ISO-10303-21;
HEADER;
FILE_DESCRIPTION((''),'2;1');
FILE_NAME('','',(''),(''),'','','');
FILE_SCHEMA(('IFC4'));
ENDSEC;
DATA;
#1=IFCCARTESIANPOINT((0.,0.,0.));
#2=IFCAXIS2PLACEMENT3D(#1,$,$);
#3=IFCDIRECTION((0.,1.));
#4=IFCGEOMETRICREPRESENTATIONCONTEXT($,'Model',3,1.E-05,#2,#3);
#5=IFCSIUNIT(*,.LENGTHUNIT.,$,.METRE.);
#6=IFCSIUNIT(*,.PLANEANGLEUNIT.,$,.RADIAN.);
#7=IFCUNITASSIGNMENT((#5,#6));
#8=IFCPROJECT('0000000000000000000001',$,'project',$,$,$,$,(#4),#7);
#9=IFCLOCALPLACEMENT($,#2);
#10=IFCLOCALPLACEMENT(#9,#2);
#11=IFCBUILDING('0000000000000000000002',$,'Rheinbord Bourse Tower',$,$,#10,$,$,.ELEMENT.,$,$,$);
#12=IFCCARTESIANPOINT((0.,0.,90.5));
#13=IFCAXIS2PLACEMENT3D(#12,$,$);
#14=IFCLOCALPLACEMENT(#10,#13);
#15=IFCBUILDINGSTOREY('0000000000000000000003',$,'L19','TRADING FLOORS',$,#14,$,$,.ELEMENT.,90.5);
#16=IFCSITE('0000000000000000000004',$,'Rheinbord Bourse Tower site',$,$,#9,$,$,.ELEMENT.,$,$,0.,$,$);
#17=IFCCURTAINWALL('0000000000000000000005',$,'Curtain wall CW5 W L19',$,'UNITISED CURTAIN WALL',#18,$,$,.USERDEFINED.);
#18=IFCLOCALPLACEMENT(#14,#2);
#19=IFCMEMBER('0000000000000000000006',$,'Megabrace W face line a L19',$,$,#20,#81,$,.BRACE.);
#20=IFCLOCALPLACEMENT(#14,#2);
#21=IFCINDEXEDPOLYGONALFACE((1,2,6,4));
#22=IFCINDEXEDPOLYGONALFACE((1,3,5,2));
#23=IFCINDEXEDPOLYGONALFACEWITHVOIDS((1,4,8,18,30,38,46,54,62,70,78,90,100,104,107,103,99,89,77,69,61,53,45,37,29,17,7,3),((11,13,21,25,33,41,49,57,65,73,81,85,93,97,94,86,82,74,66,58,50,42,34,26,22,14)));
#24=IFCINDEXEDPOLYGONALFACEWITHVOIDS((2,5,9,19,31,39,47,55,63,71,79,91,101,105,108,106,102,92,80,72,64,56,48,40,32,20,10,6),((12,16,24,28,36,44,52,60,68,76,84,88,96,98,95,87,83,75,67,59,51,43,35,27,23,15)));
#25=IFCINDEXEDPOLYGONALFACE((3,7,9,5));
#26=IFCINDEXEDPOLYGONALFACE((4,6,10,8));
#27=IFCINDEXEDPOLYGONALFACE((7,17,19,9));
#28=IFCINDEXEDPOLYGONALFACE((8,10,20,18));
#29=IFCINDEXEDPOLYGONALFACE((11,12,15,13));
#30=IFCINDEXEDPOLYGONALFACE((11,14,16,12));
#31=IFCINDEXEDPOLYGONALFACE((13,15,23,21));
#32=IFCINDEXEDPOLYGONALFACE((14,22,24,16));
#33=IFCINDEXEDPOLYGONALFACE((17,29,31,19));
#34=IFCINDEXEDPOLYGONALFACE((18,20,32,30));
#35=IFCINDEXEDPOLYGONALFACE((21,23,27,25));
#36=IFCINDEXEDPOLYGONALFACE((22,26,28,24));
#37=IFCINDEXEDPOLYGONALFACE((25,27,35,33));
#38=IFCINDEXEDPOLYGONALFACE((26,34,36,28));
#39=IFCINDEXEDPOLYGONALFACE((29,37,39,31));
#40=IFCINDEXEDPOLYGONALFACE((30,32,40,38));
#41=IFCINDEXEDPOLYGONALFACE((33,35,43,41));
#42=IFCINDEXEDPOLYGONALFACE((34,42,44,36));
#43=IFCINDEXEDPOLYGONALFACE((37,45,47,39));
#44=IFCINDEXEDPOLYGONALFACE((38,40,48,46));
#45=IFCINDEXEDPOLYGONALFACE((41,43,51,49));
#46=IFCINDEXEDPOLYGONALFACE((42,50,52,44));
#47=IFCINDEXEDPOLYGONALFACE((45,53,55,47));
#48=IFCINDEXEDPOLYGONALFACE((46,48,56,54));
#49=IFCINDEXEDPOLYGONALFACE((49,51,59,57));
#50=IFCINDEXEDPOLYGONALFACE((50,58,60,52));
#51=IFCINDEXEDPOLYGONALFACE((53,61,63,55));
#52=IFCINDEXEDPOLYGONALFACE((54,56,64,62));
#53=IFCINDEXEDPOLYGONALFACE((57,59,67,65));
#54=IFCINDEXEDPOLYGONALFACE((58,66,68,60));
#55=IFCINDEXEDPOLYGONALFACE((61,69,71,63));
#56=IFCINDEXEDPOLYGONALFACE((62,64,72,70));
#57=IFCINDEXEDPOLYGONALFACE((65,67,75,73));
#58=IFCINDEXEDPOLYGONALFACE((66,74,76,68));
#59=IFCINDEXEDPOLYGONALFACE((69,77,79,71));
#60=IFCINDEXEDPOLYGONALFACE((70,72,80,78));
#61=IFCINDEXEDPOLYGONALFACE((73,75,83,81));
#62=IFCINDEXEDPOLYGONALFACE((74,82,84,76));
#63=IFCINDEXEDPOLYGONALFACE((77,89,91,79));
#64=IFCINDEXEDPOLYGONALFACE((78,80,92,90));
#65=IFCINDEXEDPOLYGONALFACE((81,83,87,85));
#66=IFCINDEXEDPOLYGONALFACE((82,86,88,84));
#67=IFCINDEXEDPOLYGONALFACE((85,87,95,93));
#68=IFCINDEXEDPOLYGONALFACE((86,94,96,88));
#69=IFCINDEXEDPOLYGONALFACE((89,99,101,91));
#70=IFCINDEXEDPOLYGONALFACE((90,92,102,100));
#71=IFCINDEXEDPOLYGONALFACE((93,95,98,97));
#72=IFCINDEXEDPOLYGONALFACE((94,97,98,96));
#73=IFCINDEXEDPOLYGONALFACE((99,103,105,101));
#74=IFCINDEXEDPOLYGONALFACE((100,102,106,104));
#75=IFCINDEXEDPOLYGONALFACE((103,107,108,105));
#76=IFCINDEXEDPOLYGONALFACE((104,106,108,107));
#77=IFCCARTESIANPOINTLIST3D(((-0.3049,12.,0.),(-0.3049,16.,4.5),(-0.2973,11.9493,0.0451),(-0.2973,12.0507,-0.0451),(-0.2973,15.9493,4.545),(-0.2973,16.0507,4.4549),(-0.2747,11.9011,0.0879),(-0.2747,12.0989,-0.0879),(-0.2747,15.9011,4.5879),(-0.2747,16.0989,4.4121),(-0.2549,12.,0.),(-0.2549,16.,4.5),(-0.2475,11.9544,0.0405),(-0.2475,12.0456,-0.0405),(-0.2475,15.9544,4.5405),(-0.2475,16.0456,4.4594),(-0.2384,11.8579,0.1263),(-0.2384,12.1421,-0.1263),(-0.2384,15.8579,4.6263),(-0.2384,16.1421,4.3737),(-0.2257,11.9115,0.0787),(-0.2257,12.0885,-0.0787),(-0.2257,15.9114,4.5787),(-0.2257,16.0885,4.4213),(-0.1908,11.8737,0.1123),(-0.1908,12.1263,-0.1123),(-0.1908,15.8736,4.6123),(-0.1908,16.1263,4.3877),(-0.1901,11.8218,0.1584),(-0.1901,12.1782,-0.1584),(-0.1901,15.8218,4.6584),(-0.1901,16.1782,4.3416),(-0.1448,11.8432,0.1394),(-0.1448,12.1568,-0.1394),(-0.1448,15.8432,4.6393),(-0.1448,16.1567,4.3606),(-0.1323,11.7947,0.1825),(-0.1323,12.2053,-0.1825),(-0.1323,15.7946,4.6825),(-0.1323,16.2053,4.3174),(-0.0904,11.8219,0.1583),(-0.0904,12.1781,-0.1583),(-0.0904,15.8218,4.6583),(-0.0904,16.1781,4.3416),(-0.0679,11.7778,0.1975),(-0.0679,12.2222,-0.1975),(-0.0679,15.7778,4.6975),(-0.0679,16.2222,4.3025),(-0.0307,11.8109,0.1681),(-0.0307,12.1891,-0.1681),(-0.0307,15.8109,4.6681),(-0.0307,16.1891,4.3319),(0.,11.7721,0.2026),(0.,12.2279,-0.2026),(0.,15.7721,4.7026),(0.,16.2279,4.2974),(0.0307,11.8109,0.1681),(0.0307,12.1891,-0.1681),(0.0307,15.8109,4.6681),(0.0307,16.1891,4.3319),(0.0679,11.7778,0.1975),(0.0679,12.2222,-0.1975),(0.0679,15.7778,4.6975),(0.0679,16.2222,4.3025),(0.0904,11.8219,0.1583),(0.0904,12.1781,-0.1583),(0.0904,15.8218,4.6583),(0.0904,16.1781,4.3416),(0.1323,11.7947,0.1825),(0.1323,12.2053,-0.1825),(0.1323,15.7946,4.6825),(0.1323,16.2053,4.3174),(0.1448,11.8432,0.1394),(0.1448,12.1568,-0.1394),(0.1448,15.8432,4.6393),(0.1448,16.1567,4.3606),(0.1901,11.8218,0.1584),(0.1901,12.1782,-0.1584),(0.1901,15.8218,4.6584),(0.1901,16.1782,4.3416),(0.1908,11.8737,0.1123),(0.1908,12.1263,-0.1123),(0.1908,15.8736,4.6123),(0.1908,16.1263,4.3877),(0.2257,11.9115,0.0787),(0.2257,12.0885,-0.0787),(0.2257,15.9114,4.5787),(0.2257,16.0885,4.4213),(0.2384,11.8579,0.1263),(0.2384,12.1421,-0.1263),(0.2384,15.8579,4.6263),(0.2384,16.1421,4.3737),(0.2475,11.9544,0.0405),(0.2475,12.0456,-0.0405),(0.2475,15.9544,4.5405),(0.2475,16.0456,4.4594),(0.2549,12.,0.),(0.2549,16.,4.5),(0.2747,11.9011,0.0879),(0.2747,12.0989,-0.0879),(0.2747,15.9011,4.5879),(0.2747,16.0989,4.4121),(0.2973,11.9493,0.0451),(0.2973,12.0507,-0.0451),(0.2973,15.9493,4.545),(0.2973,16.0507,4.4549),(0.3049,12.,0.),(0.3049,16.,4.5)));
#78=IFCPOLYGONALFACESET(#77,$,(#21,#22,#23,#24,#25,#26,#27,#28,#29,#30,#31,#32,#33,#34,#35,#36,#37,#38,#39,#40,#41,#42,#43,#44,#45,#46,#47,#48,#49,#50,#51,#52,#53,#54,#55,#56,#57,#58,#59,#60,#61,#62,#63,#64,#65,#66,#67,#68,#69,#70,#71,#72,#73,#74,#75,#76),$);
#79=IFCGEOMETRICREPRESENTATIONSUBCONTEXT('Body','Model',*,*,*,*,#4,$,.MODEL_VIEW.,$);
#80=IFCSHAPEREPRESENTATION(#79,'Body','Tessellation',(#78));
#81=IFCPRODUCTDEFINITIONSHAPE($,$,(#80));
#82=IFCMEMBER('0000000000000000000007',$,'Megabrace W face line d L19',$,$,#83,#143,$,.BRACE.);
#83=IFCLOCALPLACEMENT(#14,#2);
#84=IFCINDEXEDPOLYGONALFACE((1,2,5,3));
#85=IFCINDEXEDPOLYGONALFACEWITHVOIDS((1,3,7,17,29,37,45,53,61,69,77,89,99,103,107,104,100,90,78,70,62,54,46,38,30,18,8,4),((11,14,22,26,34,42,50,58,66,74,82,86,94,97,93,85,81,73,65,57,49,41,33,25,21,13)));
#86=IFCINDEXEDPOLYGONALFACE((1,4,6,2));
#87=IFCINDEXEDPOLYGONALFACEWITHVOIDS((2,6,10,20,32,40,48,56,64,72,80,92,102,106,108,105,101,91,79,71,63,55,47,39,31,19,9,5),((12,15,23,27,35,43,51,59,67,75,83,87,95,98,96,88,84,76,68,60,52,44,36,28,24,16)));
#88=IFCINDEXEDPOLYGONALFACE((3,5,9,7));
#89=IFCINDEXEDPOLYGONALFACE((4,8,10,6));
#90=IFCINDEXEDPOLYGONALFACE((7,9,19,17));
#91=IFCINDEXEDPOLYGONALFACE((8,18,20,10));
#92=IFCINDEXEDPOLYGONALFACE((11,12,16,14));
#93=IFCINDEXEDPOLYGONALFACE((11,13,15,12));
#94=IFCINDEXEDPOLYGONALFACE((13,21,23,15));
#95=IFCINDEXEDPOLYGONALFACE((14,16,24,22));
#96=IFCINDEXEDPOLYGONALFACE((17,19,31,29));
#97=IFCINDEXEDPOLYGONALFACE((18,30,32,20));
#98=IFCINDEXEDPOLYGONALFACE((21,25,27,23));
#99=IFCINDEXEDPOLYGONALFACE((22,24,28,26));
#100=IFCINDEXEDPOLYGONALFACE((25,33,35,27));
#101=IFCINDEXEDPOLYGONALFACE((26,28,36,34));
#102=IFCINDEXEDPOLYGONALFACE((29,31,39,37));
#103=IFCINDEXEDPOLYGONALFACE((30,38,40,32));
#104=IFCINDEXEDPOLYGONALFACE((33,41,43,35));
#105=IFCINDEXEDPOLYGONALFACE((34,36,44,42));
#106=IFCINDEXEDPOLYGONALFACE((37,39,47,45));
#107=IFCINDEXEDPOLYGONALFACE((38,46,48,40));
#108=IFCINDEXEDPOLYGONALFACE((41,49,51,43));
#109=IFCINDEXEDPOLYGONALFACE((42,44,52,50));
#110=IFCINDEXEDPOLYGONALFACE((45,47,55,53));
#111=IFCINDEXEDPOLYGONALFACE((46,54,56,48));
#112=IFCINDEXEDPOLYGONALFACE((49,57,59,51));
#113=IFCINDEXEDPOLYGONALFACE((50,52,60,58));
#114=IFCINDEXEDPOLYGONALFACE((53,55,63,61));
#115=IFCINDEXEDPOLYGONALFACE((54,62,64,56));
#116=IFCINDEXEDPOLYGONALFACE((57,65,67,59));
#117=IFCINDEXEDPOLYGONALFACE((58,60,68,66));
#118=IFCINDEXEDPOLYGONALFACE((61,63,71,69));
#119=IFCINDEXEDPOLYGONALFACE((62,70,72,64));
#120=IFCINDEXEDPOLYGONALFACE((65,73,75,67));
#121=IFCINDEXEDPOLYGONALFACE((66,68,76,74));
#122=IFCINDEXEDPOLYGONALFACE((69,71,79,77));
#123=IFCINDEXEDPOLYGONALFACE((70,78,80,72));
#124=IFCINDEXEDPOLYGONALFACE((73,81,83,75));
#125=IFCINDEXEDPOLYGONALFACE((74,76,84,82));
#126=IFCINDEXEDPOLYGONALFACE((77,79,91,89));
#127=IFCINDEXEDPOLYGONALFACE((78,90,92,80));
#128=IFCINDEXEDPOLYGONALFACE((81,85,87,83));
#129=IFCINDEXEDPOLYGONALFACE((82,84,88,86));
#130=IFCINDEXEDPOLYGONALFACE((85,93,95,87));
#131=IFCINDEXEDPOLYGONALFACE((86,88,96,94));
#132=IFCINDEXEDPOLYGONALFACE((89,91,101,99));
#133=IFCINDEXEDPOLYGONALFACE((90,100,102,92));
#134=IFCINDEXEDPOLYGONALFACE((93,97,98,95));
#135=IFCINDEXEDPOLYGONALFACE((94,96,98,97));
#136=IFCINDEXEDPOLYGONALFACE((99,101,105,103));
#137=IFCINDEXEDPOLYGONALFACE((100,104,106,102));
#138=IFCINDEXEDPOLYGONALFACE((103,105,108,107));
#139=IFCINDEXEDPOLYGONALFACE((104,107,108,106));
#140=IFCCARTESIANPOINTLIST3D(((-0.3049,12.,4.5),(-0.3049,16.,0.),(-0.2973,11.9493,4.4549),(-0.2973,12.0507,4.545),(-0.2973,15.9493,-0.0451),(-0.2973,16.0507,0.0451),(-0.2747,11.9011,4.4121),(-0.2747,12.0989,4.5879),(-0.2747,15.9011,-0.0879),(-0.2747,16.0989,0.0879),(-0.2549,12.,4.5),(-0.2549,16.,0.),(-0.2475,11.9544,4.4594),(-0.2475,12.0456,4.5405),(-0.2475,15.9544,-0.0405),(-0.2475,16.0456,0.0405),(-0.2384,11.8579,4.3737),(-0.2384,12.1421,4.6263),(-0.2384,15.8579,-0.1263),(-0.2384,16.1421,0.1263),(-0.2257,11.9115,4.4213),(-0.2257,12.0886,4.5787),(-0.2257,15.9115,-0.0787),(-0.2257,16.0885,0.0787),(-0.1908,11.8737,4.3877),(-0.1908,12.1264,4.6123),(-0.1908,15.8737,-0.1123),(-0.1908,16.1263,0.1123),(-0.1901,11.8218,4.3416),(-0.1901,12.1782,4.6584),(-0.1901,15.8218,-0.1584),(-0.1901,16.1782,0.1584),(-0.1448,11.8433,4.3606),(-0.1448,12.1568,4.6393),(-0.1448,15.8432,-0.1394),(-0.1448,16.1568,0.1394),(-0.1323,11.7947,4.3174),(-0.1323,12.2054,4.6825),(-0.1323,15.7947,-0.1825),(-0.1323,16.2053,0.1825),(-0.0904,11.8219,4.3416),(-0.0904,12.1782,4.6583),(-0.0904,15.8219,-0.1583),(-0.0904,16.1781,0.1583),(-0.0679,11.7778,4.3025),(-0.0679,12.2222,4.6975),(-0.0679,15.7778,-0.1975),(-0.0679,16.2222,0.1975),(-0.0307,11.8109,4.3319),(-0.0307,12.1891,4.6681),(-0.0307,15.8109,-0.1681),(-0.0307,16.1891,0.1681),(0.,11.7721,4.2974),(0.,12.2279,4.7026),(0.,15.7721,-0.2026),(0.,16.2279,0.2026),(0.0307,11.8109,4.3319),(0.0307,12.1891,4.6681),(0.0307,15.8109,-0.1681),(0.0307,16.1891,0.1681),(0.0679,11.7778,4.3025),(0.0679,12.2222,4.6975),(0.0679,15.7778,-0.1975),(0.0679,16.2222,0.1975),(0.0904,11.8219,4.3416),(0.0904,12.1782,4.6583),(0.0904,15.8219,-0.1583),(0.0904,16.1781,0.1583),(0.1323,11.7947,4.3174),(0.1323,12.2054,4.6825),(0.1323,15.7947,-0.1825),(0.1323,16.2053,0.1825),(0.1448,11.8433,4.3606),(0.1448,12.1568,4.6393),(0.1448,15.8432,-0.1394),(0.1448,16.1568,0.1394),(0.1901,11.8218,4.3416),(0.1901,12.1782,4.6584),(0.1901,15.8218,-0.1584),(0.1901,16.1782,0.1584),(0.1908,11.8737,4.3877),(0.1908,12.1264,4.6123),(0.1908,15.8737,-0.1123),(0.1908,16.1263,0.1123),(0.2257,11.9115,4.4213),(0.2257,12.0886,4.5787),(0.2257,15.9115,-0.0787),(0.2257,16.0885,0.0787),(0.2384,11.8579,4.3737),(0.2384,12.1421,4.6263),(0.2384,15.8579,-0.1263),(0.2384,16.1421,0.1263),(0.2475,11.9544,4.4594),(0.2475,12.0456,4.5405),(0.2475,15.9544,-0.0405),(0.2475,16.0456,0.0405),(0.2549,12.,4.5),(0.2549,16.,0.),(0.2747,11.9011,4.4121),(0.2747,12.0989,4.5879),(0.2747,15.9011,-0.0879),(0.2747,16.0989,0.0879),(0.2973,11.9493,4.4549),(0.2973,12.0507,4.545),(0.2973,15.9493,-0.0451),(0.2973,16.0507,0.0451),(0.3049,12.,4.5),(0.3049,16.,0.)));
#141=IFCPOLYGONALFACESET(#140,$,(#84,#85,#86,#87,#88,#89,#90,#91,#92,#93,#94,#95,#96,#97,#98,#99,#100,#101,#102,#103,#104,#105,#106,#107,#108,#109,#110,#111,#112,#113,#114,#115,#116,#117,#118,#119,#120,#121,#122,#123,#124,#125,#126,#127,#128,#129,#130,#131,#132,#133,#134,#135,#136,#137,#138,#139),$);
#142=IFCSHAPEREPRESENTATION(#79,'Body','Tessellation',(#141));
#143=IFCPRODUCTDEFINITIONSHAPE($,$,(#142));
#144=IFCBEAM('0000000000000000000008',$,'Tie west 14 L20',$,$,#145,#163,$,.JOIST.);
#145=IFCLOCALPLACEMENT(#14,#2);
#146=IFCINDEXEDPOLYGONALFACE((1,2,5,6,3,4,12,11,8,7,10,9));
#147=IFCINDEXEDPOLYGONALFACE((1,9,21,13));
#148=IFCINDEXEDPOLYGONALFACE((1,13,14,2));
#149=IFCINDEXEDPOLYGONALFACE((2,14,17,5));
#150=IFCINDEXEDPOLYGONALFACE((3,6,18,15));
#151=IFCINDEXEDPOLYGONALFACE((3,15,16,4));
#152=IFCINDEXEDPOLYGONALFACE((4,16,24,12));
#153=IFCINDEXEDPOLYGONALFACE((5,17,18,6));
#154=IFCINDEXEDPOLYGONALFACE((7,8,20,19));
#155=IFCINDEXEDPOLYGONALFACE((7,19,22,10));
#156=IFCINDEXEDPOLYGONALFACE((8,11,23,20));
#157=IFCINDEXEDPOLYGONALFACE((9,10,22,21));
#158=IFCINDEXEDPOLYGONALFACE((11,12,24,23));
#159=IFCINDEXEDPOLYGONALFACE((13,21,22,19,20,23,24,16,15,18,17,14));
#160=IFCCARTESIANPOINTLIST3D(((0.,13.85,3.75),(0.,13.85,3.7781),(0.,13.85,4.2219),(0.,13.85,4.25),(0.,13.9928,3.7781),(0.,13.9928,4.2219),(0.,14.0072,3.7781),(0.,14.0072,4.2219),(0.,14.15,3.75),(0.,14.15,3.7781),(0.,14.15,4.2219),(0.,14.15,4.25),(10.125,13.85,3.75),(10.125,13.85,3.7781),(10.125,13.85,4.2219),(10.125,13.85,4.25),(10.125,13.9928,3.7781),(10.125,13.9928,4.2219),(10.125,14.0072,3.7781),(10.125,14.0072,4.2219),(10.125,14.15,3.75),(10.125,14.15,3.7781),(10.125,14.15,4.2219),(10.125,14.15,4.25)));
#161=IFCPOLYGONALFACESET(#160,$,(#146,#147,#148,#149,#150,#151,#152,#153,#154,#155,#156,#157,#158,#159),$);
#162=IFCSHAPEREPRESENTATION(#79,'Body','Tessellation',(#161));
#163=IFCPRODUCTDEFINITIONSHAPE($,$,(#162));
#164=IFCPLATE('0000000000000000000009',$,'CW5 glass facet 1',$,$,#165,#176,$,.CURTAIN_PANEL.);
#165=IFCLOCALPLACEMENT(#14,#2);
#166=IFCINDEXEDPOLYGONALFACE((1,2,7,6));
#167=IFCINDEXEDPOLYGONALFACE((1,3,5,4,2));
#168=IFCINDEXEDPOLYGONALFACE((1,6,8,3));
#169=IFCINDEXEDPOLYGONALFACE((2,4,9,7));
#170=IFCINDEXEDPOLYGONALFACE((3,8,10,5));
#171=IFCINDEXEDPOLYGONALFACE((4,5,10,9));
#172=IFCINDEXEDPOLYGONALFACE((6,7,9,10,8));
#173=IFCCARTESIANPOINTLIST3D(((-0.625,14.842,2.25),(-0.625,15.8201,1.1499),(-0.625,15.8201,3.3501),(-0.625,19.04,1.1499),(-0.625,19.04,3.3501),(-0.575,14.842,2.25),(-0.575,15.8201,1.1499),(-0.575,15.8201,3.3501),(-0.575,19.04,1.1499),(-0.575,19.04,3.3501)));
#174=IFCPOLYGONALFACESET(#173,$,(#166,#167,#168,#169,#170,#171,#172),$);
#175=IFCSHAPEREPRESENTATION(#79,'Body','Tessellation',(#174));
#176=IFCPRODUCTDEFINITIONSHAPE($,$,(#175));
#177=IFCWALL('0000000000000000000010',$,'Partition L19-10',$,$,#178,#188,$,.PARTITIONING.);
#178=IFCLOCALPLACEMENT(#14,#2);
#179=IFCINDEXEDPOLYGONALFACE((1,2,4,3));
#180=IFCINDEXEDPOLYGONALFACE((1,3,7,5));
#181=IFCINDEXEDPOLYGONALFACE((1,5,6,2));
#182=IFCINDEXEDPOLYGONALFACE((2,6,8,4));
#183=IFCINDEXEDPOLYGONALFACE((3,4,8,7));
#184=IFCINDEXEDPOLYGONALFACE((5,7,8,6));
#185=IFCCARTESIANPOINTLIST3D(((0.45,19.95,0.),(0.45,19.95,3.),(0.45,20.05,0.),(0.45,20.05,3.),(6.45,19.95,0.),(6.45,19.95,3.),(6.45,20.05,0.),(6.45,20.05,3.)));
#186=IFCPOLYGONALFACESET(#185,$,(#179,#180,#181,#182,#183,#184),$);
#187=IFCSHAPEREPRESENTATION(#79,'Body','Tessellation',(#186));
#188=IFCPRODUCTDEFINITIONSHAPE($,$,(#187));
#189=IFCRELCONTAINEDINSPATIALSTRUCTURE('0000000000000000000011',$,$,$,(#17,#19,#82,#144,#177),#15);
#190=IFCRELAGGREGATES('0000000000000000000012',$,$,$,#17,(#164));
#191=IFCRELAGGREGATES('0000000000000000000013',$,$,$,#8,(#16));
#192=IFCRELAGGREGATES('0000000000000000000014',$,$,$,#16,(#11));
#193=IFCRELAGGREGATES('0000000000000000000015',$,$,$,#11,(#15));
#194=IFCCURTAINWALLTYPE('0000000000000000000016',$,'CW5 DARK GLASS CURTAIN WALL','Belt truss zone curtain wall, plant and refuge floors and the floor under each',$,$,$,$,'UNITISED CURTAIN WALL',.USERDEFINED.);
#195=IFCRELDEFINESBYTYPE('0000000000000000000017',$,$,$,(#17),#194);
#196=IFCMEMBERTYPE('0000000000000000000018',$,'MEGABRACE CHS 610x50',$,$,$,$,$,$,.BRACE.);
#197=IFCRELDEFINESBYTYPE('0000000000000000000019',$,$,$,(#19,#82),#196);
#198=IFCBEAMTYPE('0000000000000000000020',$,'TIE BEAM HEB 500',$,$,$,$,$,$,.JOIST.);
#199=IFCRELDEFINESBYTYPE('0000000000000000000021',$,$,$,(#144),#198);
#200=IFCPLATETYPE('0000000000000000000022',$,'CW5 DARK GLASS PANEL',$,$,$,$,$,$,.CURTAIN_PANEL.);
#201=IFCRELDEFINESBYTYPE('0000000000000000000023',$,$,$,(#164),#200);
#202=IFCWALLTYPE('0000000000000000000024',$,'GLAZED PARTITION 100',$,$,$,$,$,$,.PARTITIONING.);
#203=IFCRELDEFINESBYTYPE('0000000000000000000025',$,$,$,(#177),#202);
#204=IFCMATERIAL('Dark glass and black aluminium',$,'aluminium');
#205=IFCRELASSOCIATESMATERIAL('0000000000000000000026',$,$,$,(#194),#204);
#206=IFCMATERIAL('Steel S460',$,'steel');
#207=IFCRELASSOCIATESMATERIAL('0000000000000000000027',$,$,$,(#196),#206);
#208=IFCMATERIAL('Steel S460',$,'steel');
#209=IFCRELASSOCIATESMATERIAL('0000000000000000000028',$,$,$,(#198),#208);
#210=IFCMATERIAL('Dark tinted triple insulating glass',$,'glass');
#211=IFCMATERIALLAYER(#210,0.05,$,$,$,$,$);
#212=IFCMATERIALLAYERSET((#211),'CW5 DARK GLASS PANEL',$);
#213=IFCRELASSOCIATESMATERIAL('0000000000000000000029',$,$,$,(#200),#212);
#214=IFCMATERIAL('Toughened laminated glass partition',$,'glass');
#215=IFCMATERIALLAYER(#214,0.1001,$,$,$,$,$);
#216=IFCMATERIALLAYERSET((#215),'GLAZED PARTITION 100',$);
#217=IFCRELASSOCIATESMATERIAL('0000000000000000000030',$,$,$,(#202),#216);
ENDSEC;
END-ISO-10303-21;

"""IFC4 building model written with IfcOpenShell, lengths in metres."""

from ifc_helpers import new_model, si_unit, direction, frame, frame_2d, origin, origin_2d, place, context, subcontext, project, spatial, polyline, rectangle, hollow_circle, i_section, outline, extrude, material, layer, layer_set, material_profile, profile_set, type_object, element, aggregate, save


model = new_model("IFC4")

# Units and contexts
model_context = context("Model", 3, precision=1e-05, world=origin(), true_north=direction((0.0, 1.0)))
body_context = subcontext(model_context, "Body", "Model", "MODEL_VIEW")
ifc_project = project(units=[si_unit("LENGTHUNIT", "METRE"), si_unit("PLANEANGLEUNIT", "RADIAN")], contexts=[model_context])

# Site, building, storey
site_placement = place(None, origin())
site = spatial("IfcSite", under=ifc_project, at=site_placement, Name="Rheinbord Bourse Tower site", CompositionType="ELEMENT", RefElevation=0.0)
building_placement = place(site_placement, origin())
building = spatial("IfcBuilding", under=site, at=building_placement, Name="Rheinbord Bourse Tower", CompositionType="ELEMENT")
storey_placement = place(building_placement, frame((0.0, 0.0, 90.5)))
storey = spatial("IfcBuildingStorey", under=building, at=storey_placement, Name="L19", Description="TRADING FLOORS", CompositionType="ELEMENT", Elevation=90.5)

# Curtain wall
ifc_material_1 = material(Name="Dark glass and black aluminium", Category="aluminium")
curtain_wall_type = type_object("IfcCurtainWallType", Name="CW5 DARK GLASS CURTAIN WALL", Description="Belt truss zone curtain wall, plant and refuge floors and the floor under each", ElementType="UNITISED CURTAIN WALL", PredefinedType="USERDEFINED", material=ifc_material_1)
curtain_wall_placement = place(storey_placement, origin())
curtain_wall = element("IfcCurtainWall", 1, at=curtain_wall_placement, inside=storey, type_object=curtain_wall_type, Name="Curtain wall CW5 W L19", ObjectType="UNITISED CURTAIN WALL", PredefinedType="USERDEFINED")

# Members
ifc_material_2 = material(Name="Steel S460", Category="steel")
ifc_material_profile_1 = material_profile(ifc_material_2, hollow_circle(Radius=0.3049, WallThickness=0.05, at=origin_2d()), Name="CHS 610x50")
ifc_profile_set_1 = profile_set([ifc_material_profile_1], Name="Steel S460")
member_type_1 = type_object("IfcMemberType", Name="MEGABRACE CHS 610x50", PredefinedType="BRACE", material=ifc_profile_set_1)
for number, where, z_axis, x_axis, name in (
    (2, (0.0, 12.0, 0.0), (0.0, 0.664364, 0.747409), (-1.0, 0.0, 0.0), "Megabrace W face line a L19"),
    (3, (0.0, 16.0, 0.0), (0.0, -0.664364, 0.747409), (1.0, 0.0, 0.0), "Megabrace W face line d L19"),
):
    element("IfcMember", number, at=place(storey_placement, frame(where, z_axis=z_axis, x_axis=x_axis)), inside=storey, type_object=member_type_1, Name=name, PredefinedType="BRACE", context=body_context, shape_type="SweptSolid", body=[
        extrude(hollow_circle(Radius=0.3049, WallThickness=0.05, at=origin_2d()), origin(), (0.0, 0.0, 1.0), 6.0208),
    ])

# Beam
ifc_material_3 = material(Name="Steel S460", Category="steel")
ifc_material_profile_2 = material_profile(ifc_material_3, i_section(OverallWidth=0.3, OverallDepth=0.5, WebThickness=0.0144, FlangeThickness=0.0281, at=origin_2d()), Name="HEB 500")
ifc_profile_set_2 = profile_set([ifc_material_profile_2], Name="Steel S460")
beam_type_1 = type_object("IfcBeamType", Name="TIE BEAM HEB 500", PredefinedType="JOIST", material=ifc_profile_set_2)
beam_1_placement = place(storey_placement, frame((0.0, 14.0, 4.0), z_axis=(1.0, 0.0, 0.0), x_axis=(0.0, 1.0, 0.0)))
element("IfcBeam", 4, at=beam_1_placement, inside=storey, type_object=beam_type_1, Name="Tie west 14 L20", PredefinedType="JOIST", context=body_context, shape_type="SweptSolid", body=[
    extrude(i_section(OverallWidth=0.3, OverallDepth=0.5, WebThickness=0.0144, FlangeThickness=0.0281, at=origin_2d()), origin(), (0.0, 0.0, 1.0), 10.125),
])

# Plate
ifc_material_4 = material(Name="Dark tinted triple insulating glass", Category="glass")
ifc_layer_1 = layer(ifc_material_4, 0.05)
ifc_layer_set_1 = layer_set([ifc_layer_1], Name="CW5 DARK GLASS PANEL")
plate_type = type_object("IfcPlateType", Name="CW5 DARK GLASS PANEL", PredefinedType="CURTAIN_PANEL", material=ifc_layer_set_1)
plate_placement = place(storey_placement, frame((-0.625, 19.04, 1.1499), z_axis=(1.0, 0.0, 0.0), x_axis=(0.0, 0.0, 1.0)))
plate = element("IfcPlate", 5, at=plate_placement, type_object=plate_type, Name="CW5 glass facet 1", PredefinedType="CURTAIN_PANEL", context=body_context, shape_type="SweptSolid", body=[
    extrude(outline(polyline([(0.0, 0.0), (2.2002, 0.0), (2.2002, 3.22), (1.1001, 4.198), (0.0, 3.22), (0.0, 0.0)])), origin(), (0.0, 0.0, 1.0), 0.05),
])
aggregate(curtain_wall, [plate])

# Wall
ifc_material_5 = material(Name="Toughened laminated glass partition", Category="glass")
ifc_layer_2 = layer(ifc_material_5, 0.1001)
ifc_layer_set_2 = layer_set([ifc_layer_2], Name="GLAZED PARTITION 100")
wall_type = type_object("IfcWallType", Name="GLAZED PARTITION 100", PredefinedType="PARTITIONING", material=ifc_layer_set_2)
wall_placement = place(storey_placement, frame((0.45, 20.0, 0.0), z_axis=(0.0, 0.0, 1.0), x_axis=(1.0, 0.0, 0.0)))
element("IfcWall", 6, at=wall_placement, inside=storey, type_object=wall_type, Name="Partition L19-10", PredefinedType="PARTITIONING", context=body_context, shape_type="SweptSolid", body=[
    extrude(rectangle(XDim=6.0, YDim=0.1001, at=frame_2d((3.0, 0.0))), origin(), (0.0, 0.0, 1.0), 3.0),
])

save(model, "model.ifc")
